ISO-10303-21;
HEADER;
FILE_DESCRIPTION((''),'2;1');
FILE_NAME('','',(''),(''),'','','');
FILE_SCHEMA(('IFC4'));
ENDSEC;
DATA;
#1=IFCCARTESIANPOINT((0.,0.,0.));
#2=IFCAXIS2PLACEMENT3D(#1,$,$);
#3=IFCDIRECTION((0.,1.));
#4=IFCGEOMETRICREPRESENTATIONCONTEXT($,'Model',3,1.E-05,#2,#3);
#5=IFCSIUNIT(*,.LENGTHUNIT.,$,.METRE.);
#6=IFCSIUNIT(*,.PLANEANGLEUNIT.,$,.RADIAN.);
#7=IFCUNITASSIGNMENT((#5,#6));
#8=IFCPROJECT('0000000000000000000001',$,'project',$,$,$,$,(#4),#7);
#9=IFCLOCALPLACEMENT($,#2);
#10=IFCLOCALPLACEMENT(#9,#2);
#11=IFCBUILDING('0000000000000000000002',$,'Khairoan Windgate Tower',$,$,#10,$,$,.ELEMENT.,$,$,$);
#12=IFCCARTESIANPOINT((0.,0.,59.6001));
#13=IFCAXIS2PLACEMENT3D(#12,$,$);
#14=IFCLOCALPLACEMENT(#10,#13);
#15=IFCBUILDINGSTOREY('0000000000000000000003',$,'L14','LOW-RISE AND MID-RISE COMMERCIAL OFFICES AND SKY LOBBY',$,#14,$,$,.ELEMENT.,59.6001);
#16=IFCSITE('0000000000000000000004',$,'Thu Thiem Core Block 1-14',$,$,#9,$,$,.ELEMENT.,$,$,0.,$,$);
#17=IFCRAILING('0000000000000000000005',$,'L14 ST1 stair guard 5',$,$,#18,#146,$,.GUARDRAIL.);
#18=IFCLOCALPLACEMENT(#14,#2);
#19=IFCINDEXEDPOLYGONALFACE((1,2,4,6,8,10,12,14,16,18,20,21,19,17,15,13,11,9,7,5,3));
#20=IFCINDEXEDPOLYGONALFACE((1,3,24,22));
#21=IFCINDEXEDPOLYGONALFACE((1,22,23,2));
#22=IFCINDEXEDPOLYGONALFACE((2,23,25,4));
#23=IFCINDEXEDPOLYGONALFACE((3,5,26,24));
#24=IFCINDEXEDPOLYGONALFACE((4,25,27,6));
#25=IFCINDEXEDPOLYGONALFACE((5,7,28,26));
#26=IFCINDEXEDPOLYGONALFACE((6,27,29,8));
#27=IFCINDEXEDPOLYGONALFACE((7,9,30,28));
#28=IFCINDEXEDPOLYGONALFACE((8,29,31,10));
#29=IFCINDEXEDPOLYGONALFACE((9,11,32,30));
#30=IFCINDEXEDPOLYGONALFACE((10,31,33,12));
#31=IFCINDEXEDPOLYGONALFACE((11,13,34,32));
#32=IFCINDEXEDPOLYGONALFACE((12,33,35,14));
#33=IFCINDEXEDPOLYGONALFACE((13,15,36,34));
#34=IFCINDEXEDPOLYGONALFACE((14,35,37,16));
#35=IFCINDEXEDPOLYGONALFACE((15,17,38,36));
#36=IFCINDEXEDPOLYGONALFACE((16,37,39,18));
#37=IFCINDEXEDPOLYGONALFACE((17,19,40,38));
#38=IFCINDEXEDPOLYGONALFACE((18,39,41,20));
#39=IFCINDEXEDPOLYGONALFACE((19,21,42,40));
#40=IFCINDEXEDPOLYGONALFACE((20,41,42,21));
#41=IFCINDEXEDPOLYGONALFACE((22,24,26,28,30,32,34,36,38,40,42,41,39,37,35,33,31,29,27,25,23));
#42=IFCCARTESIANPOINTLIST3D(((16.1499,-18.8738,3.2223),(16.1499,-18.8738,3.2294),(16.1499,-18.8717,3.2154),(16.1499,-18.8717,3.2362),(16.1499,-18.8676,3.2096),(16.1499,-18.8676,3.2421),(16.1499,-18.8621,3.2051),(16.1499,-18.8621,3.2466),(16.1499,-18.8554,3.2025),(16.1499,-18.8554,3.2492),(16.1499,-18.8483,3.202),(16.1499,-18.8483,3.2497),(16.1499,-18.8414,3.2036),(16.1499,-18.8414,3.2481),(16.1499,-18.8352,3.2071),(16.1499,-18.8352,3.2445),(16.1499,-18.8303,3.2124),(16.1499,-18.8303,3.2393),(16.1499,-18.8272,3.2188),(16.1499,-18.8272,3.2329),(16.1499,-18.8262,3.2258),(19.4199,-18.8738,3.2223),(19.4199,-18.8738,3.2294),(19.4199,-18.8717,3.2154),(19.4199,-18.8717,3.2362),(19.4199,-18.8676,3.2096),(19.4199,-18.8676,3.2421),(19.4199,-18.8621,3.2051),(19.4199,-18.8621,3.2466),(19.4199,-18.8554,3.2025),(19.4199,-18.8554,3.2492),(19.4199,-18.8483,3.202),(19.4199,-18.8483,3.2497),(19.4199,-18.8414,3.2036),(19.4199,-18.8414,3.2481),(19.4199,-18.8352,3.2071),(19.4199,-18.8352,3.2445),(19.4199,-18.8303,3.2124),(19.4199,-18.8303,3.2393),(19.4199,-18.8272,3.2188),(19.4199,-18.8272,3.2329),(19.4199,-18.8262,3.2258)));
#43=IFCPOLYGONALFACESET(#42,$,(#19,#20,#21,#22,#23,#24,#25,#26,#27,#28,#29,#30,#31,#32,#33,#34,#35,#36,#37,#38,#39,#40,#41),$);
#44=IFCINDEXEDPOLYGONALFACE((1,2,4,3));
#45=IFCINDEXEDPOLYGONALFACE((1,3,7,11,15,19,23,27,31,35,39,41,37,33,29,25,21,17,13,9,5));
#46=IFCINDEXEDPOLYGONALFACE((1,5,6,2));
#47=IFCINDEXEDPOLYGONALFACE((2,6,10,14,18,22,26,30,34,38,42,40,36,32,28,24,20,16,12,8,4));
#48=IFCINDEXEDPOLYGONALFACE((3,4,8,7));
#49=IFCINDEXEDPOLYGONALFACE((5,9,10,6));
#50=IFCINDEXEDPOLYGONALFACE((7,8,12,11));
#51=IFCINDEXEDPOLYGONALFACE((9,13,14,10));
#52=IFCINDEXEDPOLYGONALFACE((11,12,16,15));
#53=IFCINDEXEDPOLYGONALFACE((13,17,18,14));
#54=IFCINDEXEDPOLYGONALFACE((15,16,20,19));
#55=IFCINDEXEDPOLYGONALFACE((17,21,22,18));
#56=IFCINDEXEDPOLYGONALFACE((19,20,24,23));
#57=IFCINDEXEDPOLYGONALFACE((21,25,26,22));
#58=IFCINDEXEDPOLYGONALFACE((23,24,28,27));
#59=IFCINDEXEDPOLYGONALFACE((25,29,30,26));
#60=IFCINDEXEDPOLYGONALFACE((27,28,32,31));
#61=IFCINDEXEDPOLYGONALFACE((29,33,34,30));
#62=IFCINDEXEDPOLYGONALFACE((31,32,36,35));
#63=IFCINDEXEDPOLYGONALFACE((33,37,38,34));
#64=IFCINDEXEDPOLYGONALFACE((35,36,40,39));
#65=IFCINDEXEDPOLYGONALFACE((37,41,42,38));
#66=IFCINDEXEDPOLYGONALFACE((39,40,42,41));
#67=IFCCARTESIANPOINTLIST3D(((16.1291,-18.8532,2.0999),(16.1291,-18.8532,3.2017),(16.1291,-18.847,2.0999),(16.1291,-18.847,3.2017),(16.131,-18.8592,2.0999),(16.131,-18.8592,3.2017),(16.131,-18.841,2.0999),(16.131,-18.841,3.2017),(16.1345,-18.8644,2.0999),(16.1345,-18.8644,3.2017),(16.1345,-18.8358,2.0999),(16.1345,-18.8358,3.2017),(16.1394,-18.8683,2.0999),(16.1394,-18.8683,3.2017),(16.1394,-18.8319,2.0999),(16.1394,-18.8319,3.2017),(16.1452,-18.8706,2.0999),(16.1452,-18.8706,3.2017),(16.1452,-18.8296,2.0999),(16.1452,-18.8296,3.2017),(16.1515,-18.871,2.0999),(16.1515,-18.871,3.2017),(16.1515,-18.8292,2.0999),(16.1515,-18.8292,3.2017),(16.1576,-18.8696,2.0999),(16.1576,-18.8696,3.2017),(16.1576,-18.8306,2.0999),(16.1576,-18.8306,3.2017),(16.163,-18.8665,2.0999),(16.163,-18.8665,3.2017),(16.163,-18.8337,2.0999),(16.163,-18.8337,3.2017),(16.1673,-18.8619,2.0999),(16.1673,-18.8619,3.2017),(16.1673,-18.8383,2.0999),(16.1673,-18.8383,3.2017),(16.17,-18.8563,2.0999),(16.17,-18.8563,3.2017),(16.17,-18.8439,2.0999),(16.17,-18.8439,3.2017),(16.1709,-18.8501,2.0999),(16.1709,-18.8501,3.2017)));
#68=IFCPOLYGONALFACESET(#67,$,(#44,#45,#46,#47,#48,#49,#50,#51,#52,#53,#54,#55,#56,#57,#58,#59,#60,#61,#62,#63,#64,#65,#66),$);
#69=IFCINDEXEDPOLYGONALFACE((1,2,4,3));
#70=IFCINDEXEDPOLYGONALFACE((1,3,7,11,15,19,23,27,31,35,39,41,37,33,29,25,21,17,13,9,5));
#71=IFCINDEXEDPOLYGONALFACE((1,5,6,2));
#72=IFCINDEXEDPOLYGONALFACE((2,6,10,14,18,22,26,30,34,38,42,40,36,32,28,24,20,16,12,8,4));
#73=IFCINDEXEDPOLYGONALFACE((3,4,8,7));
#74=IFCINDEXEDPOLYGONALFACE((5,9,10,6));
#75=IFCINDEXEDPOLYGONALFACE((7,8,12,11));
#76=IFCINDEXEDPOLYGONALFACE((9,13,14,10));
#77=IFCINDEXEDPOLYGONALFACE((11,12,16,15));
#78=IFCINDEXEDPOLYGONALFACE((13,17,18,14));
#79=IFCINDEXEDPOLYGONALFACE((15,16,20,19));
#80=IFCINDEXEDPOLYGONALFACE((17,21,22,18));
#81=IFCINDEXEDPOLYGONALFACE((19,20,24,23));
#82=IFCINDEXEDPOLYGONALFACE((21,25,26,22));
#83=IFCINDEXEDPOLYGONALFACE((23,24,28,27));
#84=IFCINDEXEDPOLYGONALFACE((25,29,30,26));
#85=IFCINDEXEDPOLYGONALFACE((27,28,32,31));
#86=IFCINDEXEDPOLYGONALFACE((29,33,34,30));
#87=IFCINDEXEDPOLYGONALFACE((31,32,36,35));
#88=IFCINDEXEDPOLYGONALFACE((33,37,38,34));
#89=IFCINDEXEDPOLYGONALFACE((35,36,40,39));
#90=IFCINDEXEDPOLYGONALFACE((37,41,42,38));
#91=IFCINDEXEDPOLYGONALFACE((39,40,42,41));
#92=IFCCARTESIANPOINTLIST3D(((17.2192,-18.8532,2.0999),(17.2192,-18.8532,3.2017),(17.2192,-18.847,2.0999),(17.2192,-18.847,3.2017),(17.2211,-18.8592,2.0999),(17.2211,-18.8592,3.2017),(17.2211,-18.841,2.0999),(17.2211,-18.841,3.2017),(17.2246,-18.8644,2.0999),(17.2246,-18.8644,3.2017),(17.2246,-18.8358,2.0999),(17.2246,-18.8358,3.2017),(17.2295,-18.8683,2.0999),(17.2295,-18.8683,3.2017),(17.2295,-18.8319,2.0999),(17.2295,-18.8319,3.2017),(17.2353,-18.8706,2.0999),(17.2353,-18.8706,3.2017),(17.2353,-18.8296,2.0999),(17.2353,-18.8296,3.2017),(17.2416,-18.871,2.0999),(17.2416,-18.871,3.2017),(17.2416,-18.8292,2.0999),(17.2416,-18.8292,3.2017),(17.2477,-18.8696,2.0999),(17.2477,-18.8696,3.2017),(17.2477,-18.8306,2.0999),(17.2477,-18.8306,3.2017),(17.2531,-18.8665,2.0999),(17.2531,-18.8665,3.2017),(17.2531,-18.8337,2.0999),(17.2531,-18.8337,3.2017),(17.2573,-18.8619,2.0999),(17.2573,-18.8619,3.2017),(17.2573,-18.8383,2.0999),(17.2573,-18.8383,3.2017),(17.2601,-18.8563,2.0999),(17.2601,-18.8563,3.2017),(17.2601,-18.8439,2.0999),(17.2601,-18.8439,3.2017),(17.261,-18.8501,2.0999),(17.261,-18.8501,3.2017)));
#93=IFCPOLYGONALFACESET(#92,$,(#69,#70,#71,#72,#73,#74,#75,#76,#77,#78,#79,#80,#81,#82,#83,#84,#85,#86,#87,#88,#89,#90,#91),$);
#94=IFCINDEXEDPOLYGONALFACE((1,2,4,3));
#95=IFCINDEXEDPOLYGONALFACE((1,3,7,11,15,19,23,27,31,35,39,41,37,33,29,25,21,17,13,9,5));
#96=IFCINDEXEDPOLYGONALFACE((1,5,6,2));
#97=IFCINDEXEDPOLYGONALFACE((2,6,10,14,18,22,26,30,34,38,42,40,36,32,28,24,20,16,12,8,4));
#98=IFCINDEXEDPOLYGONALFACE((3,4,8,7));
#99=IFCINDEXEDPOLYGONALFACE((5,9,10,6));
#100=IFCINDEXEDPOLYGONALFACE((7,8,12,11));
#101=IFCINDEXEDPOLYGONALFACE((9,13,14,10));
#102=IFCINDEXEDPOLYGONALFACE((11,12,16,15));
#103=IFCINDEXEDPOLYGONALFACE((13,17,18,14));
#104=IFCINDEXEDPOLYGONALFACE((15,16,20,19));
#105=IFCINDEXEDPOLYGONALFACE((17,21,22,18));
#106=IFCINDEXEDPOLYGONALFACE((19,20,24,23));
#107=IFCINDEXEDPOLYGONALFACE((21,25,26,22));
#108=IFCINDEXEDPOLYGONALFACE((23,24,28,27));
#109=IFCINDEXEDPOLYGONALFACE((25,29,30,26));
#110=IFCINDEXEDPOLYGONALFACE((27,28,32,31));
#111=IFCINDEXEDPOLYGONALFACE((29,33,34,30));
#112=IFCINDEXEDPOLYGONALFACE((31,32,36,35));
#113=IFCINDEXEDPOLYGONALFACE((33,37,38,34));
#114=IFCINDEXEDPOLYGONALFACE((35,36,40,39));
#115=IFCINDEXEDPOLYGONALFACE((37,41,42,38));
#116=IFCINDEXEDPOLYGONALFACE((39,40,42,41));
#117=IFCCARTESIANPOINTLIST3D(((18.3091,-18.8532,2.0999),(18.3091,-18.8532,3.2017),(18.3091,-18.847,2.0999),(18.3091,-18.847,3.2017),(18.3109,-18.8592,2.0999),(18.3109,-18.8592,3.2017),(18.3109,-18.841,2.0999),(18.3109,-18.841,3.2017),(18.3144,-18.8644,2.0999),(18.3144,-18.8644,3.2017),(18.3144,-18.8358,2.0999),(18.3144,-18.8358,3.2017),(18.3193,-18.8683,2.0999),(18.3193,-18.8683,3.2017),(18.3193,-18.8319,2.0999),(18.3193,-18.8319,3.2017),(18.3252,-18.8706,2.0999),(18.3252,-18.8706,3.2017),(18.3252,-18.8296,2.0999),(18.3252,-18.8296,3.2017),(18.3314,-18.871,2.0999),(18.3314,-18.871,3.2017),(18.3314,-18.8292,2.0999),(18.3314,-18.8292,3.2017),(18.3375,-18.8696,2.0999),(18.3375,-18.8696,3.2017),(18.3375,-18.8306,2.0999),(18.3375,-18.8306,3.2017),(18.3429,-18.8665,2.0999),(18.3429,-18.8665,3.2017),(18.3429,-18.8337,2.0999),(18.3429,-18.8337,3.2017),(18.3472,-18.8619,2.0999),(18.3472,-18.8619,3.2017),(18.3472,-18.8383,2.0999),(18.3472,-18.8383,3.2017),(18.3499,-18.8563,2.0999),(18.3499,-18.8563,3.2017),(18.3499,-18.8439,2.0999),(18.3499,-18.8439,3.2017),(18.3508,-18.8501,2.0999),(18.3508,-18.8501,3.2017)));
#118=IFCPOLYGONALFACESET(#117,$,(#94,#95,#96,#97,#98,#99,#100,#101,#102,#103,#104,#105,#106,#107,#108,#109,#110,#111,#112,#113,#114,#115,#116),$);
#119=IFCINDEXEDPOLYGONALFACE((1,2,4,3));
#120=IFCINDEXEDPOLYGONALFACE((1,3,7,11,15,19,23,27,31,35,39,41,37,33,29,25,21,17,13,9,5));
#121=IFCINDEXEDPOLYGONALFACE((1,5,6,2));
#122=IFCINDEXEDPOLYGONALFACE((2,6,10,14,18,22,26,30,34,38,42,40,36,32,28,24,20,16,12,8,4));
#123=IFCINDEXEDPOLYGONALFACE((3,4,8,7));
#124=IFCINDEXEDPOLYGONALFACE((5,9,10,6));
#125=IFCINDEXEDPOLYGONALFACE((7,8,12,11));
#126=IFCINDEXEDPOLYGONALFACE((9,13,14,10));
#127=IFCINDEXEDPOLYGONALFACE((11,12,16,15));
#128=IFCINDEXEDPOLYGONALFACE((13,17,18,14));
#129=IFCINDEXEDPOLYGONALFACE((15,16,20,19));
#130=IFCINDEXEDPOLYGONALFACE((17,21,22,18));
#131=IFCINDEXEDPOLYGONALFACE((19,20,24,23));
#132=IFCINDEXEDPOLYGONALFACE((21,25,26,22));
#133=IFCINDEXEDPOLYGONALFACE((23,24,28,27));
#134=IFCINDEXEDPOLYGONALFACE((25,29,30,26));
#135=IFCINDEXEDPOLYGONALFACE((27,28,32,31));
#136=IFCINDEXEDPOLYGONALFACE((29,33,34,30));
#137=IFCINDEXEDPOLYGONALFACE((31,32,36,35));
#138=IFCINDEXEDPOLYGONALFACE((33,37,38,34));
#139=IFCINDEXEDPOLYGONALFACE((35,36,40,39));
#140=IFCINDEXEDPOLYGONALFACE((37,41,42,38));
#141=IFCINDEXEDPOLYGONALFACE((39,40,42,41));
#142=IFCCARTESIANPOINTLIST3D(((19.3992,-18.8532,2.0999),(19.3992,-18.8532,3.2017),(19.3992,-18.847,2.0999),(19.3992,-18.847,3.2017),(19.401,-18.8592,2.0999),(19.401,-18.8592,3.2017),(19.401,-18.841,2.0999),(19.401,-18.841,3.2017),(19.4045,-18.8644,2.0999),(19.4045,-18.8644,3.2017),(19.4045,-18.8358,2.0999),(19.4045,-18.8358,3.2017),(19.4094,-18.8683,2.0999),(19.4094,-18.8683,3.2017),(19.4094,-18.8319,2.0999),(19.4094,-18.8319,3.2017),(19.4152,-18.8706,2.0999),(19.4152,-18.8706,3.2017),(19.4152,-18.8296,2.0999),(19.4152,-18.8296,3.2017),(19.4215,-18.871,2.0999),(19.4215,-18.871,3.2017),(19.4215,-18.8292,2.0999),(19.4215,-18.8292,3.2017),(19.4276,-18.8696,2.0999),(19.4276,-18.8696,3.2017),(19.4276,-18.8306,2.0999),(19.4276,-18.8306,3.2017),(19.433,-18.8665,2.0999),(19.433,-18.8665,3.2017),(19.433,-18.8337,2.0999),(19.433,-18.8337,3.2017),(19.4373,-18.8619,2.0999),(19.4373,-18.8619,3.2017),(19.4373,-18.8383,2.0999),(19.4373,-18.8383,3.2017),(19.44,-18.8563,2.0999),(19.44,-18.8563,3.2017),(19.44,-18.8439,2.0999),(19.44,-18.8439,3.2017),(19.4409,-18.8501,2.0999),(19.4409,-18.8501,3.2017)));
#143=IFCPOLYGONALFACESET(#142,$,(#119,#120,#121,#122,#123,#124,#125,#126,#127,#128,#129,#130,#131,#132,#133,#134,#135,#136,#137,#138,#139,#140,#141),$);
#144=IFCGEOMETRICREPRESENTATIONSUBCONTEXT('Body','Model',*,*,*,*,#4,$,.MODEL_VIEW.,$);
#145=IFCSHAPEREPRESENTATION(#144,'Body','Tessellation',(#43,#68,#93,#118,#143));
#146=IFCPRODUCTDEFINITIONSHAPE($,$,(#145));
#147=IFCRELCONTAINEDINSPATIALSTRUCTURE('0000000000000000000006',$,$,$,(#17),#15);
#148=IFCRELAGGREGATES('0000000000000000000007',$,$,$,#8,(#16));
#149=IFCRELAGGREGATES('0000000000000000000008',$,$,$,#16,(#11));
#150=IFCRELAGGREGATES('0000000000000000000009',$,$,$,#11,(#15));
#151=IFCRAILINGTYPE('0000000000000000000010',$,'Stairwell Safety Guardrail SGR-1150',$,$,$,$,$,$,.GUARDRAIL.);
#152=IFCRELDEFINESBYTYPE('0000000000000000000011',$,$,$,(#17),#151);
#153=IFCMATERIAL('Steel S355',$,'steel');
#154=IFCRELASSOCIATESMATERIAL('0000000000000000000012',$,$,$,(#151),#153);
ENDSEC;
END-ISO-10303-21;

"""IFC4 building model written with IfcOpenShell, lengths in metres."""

from ifc_helpers import new_model, si_unit, direction, frame, origin, origin_2d, place, context, subcontext, project, spatial, circle, extrude, material, type_object, element, save


model = new_model("IFC4")

# Units and contexts
model_context = context("Model", 3, precision=1e-05, world=origin(), true_north=direction((0.0, 1.0)))
body_context = subcontext(model_context, "Body", "Model", "MODEL_VIEW")
ifc_project = project(units=[si_unit("LENGTHUNIT", "METRE"), si_unit("PLANEANGLEUNIT", "RADIAN")], contexts=[model_context])

# Site, building, storey
site_placement = place(None, origin())
site = spatial("IfcSite", under=ifc_project, at=site_placement, Name="Thu Thiem Core Block 1-14", CompositionType="ELEMENT", RefElevation=0.0)
building_placement = place(site_placement, origin())
building = spatial("IfcBuilding", under=site, at=building_placement, Name="Khairoan Windgate Tower", CompositionType="ELEMENT")
storey_placement = place(building_placement, frame((0.0, 0.0, 59.6001)))
storey = spatial("IfcBuildingStorey", under=building, at=storey_placement, Name="L14", Description="LOW-RISE AND MID-RISE COMMERCIAL OFFICES AND SKY LOBBY", CompositionType="ELEMENT", Elevation=59.6001)

# Railing
ifc_material_1 = material(Name="Steel S355", Category="steel")
railing_type = type_object("IfcRailingType", Name="Stairwell Safety Guardrail SGR-1150", PredefinedType="GUARDRAIL", material=ifc_material_1)
railing_1_placement = place(storey_placement, frame((16.1499, -18.8501, 2.0999)))
element("IfcRailing", 1, at=railing_1_placement, inside=storey, type_object=railing_type, Name="L14 ST1 stair guard 5", PredefinedType="GUARDRAIL", context=body_context, shape_type="SweptSolid", body=[
    extrude(circle(Radius=0.0239, at=origin_2d()), frame((0.0, 0.0, 1.126), z_axis=(1.0, 0.0, 0.0), x_axis=(0.0, 1.0, 0.0)), (0.0, 0.0, 1.0), 3.27),
    extrude(circle(Radius=0.021, at=origin_2d()), origin(), (0.0, 0.0, 1.0), 1.1018),
    extrude(circle(Radius=0.021, at=origin_2d()), frame((1.0901, 0.0, 0.0)), (0.0, 0.0, 1.0), 1.1018),
    extrude(circle(Radius=0.021, at=origin_2d()), frame((2.1799, 0.0, 0.0)), (0.0, 0.0, 1.0), 1.1018),
    extrude(circle(Radius=0.021, at=origin_2d()), frame((3.27, 0.0, 0.0)), (0.0, 0.0, 1.0), 1.1018),
])

save(model, "model.ifc")
